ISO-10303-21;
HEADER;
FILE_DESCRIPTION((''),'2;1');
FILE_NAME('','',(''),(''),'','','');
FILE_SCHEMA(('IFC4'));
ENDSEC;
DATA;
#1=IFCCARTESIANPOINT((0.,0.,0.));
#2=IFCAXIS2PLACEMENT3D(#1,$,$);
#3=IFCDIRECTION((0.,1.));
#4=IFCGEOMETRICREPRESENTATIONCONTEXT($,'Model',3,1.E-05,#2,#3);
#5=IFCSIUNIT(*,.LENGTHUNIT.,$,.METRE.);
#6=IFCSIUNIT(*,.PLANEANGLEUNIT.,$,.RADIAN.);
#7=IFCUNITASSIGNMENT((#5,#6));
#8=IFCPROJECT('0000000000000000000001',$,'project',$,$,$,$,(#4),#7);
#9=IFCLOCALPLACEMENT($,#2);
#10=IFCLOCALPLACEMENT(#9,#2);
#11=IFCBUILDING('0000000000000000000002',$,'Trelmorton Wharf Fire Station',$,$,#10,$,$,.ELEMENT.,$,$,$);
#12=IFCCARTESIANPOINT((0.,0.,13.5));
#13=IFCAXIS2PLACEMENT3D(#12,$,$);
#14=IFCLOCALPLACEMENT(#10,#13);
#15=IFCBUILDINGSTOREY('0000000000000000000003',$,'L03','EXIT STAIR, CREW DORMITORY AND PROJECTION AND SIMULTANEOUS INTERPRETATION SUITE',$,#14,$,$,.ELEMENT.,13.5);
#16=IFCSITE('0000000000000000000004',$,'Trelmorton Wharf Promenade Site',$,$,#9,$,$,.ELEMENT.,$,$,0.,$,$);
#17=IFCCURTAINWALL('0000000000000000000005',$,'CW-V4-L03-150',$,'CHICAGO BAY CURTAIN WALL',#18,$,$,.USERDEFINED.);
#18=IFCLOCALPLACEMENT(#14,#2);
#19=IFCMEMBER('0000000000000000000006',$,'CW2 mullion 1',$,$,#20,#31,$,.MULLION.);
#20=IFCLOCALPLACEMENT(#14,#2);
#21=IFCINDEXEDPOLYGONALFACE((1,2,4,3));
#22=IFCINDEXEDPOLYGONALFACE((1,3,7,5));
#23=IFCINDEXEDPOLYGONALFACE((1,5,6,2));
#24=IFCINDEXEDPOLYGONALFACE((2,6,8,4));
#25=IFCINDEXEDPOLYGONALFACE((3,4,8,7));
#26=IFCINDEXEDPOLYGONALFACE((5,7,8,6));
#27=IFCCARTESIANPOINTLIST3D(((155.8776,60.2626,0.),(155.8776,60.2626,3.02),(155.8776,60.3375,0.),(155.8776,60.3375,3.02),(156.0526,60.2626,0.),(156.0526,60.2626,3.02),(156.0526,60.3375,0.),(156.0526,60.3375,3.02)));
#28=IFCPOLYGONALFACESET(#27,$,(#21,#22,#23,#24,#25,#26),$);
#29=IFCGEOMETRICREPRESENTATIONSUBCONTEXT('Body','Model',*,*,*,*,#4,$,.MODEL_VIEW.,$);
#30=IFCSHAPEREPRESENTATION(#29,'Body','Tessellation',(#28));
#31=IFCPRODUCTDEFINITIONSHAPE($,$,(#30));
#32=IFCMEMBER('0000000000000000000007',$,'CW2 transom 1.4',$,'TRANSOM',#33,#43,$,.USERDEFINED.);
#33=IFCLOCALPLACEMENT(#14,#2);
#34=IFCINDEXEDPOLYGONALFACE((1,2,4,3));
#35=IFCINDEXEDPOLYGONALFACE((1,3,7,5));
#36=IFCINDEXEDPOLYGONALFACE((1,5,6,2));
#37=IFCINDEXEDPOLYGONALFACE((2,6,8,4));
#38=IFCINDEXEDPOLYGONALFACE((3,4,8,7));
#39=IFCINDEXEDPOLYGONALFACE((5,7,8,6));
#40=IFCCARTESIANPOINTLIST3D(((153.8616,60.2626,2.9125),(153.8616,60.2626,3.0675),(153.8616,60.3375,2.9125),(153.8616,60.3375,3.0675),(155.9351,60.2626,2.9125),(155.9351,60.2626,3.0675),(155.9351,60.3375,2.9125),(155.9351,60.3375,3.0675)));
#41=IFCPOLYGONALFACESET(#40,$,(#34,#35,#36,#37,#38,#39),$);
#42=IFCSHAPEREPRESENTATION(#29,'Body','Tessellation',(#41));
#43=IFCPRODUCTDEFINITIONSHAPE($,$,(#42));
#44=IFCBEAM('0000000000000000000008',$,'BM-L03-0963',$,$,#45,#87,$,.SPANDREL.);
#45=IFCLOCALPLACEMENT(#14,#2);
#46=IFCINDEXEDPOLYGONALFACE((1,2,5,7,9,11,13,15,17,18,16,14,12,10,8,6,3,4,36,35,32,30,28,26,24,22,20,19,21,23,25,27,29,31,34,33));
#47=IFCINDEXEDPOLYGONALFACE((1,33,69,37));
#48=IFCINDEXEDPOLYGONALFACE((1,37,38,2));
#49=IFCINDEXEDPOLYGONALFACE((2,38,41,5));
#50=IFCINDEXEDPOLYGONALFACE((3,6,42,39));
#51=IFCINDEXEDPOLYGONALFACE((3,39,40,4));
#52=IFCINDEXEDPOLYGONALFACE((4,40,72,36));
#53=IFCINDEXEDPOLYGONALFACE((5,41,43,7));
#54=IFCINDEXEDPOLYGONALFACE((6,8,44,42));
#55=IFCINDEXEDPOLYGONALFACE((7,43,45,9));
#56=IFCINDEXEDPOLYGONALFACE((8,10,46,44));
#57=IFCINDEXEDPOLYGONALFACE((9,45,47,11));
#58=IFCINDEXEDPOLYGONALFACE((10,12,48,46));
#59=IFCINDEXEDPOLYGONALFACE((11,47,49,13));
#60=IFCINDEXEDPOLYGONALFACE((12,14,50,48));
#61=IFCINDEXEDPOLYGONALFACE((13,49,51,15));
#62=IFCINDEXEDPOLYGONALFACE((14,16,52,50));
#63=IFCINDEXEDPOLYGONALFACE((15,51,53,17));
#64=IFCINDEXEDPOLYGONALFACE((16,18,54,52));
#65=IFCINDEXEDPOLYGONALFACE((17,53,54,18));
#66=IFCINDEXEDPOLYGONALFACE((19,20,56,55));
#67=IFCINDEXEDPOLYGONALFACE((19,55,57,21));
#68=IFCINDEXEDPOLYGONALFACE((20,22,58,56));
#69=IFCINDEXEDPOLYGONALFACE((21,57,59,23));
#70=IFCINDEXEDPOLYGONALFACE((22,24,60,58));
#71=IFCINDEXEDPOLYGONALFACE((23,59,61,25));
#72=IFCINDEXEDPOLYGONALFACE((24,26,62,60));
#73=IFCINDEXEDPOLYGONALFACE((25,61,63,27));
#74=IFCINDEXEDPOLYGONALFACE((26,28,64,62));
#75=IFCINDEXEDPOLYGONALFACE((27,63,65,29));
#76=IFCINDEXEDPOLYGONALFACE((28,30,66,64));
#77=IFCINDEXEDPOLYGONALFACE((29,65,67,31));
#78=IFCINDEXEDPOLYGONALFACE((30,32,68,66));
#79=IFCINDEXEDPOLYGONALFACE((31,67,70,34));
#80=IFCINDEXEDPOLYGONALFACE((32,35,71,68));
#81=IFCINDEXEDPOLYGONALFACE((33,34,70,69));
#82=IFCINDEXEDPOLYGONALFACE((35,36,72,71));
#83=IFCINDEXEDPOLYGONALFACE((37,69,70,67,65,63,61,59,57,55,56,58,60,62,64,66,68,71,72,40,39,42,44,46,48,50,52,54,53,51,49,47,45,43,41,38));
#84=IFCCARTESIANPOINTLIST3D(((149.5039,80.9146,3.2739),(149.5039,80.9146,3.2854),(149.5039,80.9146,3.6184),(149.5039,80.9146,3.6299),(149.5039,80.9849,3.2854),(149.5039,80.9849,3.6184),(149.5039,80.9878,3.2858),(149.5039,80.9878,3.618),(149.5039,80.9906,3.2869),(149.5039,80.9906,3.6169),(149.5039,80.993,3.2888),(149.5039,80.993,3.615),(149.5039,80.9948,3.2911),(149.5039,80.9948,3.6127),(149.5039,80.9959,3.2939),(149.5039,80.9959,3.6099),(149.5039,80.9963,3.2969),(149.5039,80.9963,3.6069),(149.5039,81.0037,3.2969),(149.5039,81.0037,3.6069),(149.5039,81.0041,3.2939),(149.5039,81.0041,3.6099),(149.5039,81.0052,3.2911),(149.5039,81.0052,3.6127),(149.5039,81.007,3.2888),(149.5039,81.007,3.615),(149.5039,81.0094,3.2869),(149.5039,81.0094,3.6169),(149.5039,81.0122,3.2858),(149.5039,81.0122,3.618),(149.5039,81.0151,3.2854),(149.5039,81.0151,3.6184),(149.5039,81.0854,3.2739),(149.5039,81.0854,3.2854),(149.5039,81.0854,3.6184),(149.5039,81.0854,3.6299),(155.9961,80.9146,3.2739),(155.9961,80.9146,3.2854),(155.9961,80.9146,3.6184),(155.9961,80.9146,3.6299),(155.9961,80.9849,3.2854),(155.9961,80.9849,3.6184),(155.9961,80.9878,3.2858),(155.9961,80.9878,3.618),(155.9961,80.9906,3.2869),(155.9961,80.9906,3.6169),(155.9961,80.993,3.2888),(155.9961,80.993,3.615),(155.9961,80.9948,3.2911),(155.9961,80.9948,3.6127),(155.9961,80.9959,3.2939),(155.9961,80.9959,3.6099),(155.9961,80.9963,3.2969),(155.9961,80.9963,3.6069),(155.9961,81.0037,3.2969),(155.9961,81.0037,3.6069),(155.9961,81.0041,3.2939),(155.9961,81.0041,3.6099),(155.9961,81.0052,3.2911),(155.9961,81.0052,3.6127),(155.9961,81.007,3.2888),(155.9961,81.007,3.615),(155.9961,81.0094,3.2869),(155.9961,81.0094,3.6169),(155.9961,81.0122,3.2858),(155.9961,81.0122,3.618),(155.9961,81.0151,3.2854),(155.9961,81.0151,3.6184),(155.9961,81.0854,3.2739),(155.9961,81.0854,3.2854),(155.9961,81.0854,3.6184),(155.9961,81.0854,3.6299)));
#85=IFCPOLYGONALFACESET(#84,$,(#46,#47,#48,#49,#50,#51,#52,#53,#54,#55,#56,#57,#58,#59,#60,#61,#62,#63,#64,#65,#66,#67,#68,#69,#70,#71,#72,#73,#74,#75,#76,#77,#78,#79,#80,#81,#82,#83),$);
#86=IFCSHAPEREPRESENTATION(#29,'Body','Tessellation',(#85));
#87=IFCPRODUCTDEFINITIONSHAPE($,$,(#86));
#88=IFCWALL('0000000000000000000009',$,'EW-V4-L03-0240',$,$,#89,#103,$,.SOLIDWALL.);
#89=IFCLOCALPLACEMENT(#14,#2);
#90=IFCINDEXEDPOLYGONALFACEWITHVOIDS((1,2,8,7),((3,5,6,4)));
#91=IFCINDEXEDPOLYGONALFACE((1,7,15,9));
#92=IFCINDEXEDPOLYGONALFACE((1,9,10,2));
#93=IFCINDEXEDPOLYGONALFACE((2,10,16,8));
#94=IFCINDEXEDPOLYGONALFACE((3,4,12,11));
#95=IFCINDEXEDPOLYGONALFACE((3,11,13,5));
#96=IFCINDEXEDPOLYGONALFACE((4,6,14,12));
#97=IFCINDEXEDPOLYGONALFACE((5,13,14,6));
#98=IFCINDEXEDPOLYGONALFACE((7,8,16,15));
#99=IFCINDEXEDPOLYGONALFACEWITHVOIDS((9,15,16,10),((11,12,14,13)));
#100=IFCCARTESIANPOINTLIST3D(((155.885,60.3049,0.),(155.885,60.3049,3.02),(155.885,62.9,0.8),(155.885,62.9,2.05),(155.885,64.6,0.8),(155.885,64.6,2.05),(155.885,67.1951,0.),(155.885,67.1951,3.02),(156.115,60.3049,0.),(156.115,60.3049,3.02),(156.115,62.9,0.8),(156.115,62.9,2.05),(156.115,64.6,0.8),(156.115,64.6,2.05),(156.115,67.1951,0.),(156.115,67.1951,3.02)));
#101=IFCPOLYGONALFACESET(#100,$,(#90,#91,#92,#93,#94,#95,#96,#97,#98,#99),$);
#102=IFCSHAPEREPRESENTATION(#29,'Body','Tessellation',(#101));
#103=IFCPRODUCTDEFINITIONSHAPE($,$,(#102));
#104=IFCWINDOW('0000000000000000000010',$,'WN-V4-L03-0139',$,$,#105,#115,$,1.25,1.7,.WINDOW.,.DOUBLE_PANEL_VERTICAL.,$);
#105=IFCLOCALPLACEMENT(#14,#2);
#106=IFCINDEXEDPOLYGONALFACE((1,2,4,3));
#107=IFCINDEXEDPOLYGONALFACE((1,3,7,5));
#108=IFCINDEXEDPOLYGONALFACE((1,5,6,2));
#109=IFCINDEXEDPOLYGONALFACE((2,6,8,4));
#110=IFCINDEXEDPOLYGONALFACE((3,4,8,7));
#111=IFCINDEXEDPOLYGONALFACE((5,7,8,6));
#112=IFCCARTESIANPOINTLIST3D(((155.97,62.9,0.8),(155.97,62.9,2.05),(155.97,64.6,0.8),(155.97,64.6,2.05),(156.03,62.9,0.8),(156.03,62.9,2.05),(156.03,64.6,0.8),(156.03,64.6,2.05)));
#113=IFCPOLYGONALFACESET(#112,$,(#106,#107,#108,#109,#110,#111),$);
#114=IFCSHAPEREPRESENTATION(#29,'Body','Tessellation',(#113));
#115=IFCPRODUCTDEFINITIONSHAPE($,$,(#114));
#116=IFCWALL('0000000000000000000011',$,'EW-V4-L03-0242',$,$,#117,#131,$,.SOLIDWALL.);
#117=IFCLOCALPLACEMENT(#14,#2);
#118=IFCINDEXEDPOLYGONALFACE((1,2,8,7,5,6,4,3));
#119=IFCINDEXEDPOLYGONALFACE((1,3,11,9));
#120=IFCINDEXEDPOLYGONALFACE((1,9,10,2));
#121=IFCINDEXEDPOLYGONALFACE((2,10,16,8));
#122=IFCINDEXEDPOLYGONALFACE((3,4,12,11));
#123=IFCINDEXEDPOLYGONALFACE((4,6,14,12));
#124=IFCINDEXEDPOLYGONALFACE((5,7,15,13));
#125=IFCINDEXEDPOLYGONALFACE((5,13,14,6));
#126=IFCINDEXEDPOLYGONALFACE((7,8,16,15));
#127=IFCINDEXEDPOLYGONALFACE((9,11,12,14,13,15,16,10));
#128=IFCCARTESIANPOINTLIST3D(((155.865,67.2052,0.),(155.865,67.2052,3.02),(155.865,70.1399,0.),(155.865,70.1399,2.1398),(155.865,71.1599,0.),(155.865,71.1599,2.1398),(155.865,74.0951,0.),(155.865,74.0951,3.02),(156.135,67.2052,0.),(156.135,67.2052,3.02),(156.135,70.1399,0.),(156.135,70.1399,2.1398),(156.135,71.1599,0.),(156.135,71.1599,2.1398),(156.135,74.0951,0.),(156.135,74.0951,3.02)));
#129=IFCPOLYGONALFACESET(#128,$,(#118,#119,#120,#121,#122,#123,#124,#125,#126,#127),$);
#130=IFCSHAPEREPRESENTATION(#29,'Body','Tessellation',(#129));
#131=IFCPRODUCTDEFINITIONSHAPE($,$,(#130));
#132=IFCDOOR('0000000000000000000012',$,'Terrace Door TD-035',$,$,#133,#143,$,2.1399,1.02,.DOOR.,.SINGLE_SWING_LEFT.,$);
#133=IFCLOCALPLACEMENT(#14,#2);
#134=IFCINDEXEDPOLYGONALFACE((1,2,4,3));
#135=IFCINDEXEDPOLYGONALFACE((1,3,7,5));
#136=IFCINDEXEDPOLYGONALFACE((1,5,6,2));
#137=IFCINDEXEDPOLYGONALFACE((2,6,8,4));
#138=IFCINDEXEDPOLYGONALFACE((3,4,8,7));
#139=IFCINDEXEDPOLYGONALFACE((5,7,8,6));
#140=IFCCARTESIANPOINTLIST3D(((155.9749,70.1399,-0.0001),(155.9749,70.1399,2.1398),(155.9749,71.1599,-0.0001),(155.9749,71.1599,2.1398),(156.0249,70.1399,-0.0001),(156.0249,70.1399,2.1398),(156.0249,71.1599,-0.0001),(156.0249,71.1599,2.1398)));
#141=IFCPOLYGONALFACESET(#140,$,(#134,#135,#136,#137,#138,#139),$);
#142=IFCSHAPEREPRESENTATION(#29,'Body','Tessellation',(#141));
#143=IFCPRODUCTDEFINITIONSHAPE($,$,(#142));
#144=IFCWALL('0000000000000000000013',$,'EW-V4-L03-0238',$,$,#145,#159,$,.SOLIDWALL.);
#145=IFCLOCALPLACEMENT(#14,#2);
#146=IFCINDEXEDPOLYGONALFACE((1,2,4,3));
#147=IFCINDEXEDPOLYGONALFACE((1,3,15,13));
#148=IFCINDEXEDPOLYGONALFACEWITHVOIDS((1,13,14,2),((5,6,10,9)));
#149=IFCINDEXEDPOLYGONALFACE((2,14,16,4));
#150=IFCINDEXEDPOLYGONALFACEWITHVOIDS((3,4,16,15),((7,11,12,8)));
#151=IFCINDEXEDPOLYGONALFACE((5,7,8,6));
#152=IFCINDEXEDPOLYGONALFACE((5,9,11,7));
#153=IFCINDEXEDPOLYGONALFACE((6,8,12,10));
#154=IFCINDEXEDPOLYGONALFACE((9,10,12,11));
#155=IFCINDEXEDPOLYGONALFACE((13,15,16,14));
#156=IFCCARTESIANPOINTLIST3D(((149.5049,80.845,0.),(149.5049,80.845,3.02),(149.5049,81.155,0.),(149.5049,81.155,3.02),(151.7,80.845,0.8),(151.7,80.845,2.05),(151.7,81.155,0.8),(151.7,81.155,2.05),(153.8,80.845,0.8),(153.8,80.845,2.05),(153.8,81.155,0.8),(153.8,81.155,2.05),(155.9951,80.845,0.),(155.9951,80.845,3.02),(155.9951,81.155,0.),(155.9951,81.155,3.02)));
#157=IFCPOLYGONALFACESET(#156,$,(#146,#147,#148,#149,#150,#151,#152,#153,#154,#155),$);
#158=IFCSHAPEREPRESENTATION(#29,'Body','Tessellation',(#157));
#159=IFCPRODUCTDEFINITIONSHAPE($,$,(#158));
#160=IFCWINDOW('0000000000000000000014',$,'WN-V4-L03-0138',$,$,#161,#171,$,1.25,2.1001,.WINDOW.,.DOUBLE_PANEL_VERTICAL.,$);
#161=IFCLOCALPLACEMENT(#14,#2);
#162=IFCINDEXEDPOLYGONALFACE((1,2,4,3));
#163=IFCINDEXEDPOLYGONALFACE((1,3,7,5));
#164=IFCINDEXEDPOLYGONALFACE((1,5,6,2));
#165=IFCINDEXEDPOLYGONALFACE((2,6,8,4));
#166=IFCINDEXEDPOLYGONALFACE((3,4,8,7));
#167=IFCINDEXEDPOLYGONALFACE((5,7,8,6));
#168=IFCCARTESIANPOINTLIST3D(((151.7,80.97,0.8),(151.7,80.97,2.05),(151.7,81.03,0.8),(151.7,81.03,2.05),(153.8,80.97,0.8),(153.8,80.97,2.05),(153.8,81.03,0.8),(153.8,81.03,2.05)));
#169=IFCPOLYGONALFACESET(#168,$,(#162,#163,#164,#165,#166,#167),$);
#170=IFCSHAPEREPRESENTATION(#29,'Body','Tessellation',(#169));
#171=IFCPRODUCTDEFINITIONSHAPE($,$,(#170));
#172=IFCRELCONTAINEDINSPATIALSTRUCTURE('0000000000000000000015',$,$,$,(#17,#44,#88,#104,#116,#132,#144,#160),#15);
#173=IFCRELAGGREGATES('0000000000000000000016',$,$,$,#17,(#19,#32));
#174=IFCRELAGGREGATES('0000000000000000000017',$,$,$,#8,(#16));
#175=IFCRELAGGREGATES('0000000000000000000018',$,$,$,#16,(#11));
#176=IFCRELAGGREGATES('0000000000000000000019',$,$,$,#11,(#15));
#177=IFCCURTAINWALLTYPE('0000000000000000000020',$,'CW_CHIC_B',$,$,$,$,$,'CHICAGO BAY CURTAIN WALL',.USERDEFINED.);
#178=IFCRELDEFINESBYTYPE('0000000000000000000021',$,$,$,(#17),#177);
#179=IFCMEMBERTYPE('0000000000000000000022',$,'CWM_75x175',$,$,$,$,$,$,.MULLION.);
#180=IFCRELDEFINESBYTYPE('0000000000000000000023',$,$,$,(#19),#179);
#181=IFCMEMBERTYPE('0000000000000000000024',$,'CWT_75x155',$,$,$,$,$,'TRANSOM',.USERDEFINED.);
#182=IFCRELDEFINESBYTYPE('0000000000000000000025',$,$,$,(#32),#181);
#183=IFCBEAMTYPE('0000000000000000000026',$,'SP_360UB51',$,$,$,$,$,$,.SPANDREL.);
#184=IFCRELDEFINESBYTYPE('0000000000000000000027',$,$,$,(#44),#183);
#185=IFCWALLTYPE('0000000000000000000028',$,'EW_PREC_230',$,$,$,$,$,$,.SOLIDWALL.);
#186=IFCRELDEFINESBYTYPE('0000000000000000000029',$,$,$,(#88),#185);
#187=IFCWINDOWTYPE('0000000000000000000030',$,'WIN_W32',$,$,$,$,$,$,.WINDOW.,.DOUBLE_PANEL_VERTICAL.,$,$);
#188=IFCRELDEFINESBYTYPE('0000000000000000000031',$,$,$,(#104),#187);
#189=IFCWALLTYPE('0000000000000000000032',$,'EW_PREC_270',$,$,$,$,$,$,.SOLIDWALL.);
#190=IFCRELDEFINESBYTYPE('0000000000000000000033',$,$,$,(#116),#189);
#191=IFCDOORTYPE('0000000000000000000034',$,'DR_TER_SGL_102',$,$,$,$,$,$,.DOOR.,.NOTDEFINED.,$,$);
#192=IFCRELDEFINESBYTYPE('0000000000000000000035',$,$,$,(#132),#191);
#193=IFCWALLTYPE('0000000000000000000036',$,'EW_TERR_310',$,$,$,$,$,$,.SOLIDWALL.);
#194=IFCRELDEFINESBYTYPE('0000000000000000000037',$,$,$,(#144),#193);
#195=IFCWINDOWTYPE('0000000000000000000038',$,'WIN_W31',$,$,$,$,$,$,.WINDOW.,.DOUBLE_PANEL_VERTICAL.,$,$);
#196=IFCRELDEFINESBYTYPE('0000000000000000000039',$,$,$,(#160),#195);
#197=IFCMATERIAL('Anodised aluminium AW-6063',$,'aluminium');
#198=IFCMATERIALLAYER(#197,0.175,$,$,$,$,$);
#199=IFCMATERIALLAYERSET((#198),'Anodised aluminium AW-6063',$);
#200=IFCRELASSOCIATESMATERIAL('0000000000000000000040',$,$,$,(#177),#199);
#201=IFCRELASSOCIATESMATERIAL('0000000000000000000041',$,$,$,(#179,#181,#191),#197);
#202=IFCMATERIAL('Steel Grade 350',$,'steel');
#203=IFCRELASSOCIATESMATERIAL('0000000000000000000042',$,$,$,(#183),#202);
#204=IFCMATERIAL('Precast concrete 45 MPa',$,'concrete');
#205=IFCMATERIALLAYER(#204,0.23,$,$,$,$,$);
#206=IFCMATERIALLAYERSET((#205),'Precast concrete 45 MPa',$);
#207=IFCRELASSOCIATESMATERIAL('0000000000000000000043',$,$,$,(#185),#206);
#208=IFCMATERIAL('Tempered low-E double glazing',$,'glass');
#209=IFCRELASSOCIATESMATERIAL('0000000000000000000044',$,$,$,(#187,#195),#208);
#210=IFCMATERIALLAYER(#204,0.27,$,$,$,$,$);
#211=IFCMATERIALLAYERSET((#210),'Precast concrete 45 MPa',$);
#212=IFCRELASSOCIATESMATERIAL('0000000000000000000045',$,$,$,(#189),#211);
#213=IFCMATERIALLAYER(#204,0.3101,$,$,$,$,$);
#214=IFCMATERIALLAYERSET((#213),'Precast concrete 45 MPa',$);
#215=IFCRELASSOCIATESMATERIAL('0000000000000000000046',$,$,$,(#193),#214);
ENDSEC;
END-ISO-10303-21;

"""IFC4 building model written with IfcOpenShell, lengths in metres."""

from ifc_helpers import new_model, si_unit, direction, frame, frame_2d, origin, origin_2d, place, context, subcontext, project, spatial, rectangle, i_section, extrude, material, layer, layer_set, material_profile, profile_set, type_object, element, fill, aggregate, save


model = new_model("IFC4")

# Units and contexts
model_context = context("Model", 3, precision=1e-05, world=origin(), true_north=direction((0.0, 1.0)))
body_context = subcontext(model_context, "Body", "Model", "MODEL_VIEW")
ifc_project = project(units=[si_unit("LENGTHUNIT", "METRE"), si_unit("PLANEANGLEUNIT", "RADIAN")], contexts=[model_context])

# Site, building, storey
site_placement = place(None, origin())
site = spatial("IfcSite", under=ifc_project, at=site_placement, Name="Trelmorton Wharf Promenade Site", CompositionType="ELEMENT", RefElevation=0.0)
building_placement = place(site_placement, origin())
building = spatial("IfcBuilding", under=site, at=building_placement, Name="Trelmorton Wharf Fire Station", CompositionType="ELEMENT")
storey_placement = place(building_placement, frame((0.0, 0.0, 13.5)))
storey = spatial("IfcBuildingStorey", under=building, at=storey_placement, Name="L03", Description="EXIT STAIR, CREW DORMITORY AND PROJECTION AND SIMULTANEOUS INTERPRETATION SUITE", CompositionType="ELEMENT", Elevation=13.5)

# Shared definitions
ifc_material_1 = material(Name="Steel Grade 350", Category="steel")

# Curtain wall, members
ifc_material_2 = material(Name="Anodised aluminium AW-6063", Category="aluminium")
ifc_layer_1 = layer(ifc_material_2, 0.175)
ifc_layer_set_1 = layer_set([ifc_layer_1], Name="Anodised aluminium AW-6063")
curtain_wall_type = type_object("IfcCurtainWallType", Name="CW_CHIC_B", ElementType="CHICAGO BAY CURTAIN WALL", PredefinedType="USERDEFINED", material=ifc_layer_set_1)
curtain_wall_placement = place(storey_placement, origin())
curtain_wall = element("IfcCurtainWall", 1, at=curtain_wall_placement, inside=storey, type_object=curtain_wall_type, Name="CW-V4-L03-150", ObjectType="CHICAGO BAY CURTAIN WALL", PredefinedType="USERDEFINED")
ifc_material_profile_1 = material_profile(ifc_material_2, rectangle(XDim=0.075, YDim=0.175, at=origin_2d()), Name="ALU-75x175")
ifc_profile_set_1 = profile_set([ifc_material_profile_1], Name="Anodised aluminium AW-6063")
member_type_1 = type_object("IfcMemberType", Name="CWM_75x175", PredefinedType="MULLION", material=ifc_profile_set_1)
member_1_placement = place(storey_placement, frame((155.9651, 60.3, 0.0), z_axis=(0.0, 0.0, 1.0), x_axis=(0.0, -1.0, 0.0)))
member_1 = element("IfcMember", 2, at=member_1_placement, type_object=member_type_1, Name="CW2 mullion 1", PredefinedType="MULLION", context=body_context, shape_type="SweptSolid", body=[
    extrude(rectangle(XDim=0.075, YDim=0.175, at=origin_2d()), origin(), (0.0, 0.0, 1.0), 3.02),
])
ifc_material_profile_2 = material_profile(ifc_material_2, rectangle(XDim=0.075, YDim=0.155, at=origin_2d()), Name="ALU-75x155")
ifc_profile_set_2 = profile_set([ifc_material_profile_2], Name="Anodised aluminium AW-6063")
member_type_2 = type_object("IfcMemberType", Name="CWT_75x155", ElementType="TRANSOM", PredefinedType="USERDEFINED", material=ifc_profile_set_2)
member_2_placement = place(storey_placement, frame((155.9351, 60.3, 2.99), z_axis=(-1.0, 0.0, 0.0), x_axis=(0.0, -1.0, 0.0)))
member_2 = element("IfcMember", 3, at=member_2_placement, type_object=member_type_2, Name="CW2 transom 1.4", ObjectType="TRANSOM", PredefinedType="USERDEFINED", context=body_context, shape_type="SweptSolid", body=[
    extrude(rectangle(XDim=0.075, YDim=0.155, at=origin_2d()), origin(), (0.0, 0.0, 1.0), 2.0735),
])
aggregate(curtain_wall, [member_1, member_2])

# Beam
ifc_material_profile_3 = material_profile(ifc_material_1, i_section(OverallWidth=0.1709, OverallDepth=0.356, WebThickness=0.0073, FlangeThickness=0.0115, FilletRadius=0.0115, at=origin_2d()), Name="360UB50.7")
ifc_profile_set_3 = profile_set([ifc_material_profile_3], Name="Steel Grade 350")
beam_type_1 = type_object("IfcBeamType", Name="SP_360UB51", PredefinedType="SPANDREL", material=ifc_profile_set_3)
beam_1_placement = place(storey_placement, frame((149.5039, 81.0, 3.4519), z_axis=(1.0, 0.0, 0.0), x_axis=(0.0, 1.0, 0.0)))
element("IfcBeam", 4, at=beam_1_placement, inside=storey, type_object=beam_type_1, Name="BM-L03-0963", PredefinedType="SPANDREL", context=body_context, shape_type="SweptSolid", body=[
    extrude(i_section(OverallWidth=0.1709, OverallDepth=0.356, WebThickness=0.0073, FlangeThickness=0.0115, FilletRadius=0.0115, at=origin_2d()), origin(), (0.0, 0.0, 1.0), 6.4922),
])

# Wall, opening, window
ifc_material_3 = material(Name="Precast concrete 45 MPa", Category="concrete")
ifc_layer_2 = layer(ifc_material_3, 0.23)
ifc_layer_set_2 = layer_set([ifc_layer_2], Name="Precast concrete 45 MPa")
wall_type_1 = type_object("IfcWallType", Name="EW_PREC_230", PredefinedType="SOLIDWALL", material=ifc_layer_set_2)
wall_1_placement = place(storey_placement, frame((156.0, 67.1951, 0.0), z_axis=(0.0, 0.0, 1.0), x_axis=(0.0, -1.0, 0.0)))
wall_1 = element("IfcWall", 5, at=wall_1_placement, inside=storey, type_object=wall_type_1, Name="EW-V4-L03-0240", PredefinedType="SOLIDWALL", context=body_context, shape_type="SweptSolid", body=[
    extrude(rectangle(XDim=6.8901, YDim=0.23, at=frame_2d((3.4451, 0.0))), origin(), (0.0, 0.0, 1.0), 3.02),
])
opening_1_placement = place(wall_1_placement, frame((2.595, 0.0, 0.8)))
opening_1 = element("IfcOpeningElement", 6, at=opening_1_placement, cuts=wall_1, PredefinedType="OPENING", context=body_context, shape_type="SweptSolid", body=[
    extrude(rectangle(XDim=1.7, YDim=1.25, at=frame_2d((0.8501, 0.625))), frame((0.0, 0.125, 0.0), z_axis=(0.0, -1.0, 0.0), x_axis=(1.0, 0.0, 0.0)), (0.0, 0.0, 1.0), 0.25),
])
ifc_material_4 = material(Name="Tempered low-E double glazing", Category="glass")
window_type_1 = type_object("IfcWindowType", Name="WIN_W32", PartitioningType="DOUBLE_PANEL_VERTICAL", PredefinedType="WINDOW", material=ifc_material_4)
window_1_placement = place(opening_1_placement, origin())
window_1 = element("IfcWindow", 7, at=window_1_placement, inside=storey, type_object=window_type_1, Name="WN-V4-L03-0139", OverallHeight=1.25, OverallWidth=1.7, PartitioningType="DOUBLE_PANEL_VERTICAL", PredefinedType="WINDOW", context=body_context, shape_type="SweptSolid", body=[
    extrude(rectangle(XDim=1.7, YDim=1.25, at=frame_2d((0.8501, 0.625))), frame((0.0, 0.03, 0.0), z_axis=(0.0, -1.0, 0.0), x_axis=(1.0, 0.0, 0.0)), (0.0, 0.0, 1.0), 0.0601),
])
fill(opening_1, window_1)

# Wall, opening, door
ifc_layer_3 = layer(ifc_material_3, 0.27)
ifc_layer_set_3 = layer_set([ifc_layer_3], Name="Precast concrete 45 MPa")
wall_type_2 = type_object("IfcWallType", Name="EW_PREC_270", PredefinedType="SOLIDWALL", material=ifc_layer_set_3)
wall_2_placement = place(storey_placement, frame((156.0, 74.095, 0.0), z_axis=(0.0, 0.0, 1.0), x_axis=(0.0, -1.0, 0.0)))
wall_2 = element("IfcWall", 8, at=wall_2_placement, inside=storey, type_object=wall_type_2, Name="EW-V4-L03-0242", PredefinedType="SOLIDWALL", context=body_context, shape_type="SweptSolid", body=[
    extrude(rectangle(XDim=6.8899, YDim=0.27, at=frame_2d((3.4448, 0.0))), origin(), (0.0, 0.0, 1.0), 3.02),
])
opening_2_placement = place(wall_2_placement, frame((2.9351, 0.0, 0.0)))
opening_2 = element("IfcOpeningElement", 9, at=opening_2_placement, cuts=wall_2, PredefinedType="OPENING", context=body_context, shape_type="SweptSolid", body=[
    extrude(rectangle(XDim=1.02, YDim=2.1399, at=frame_2d((0.51, 1.0698))), frame((0.0, 0.145, 0.0), z_axis=(0.0, -1.0, 0.0), x_axis=(1.0, 0.0, 0.0)), (0.0, 0.0, 1.0), 0.29),
])
door_type_1 = type_object("IfcDoorType", Name="DR_TER_SGL_102", OperationType="NOTDEFINED", PredefinedType="DOOR", material=ifc_material_2)
door_1_placement = place(opening_2_placement, origin())
door_1 = element("IfcDoor", 10, at=door_1_placement, inside=storey, type_object=door_type_1, Name="Terrace Door TD-035", OperationType="SINGLE_SWING_LEFT", OverallHeight=2.1399, OverallWidth=1.02, PredefinedType="DOOR", context=body_context, shape_type="SweptSolid", body=[
    extrude(rectangle(XDim=1.02, YDim=2.1399, at=frame_2d((0.51, 1.0698))), frame((0.0, 0.0249, 0.0), z_axis=(0.0, -1.0, 0.0), x_axis=(1.0, 0.0, 0.0)), (0.0, 0.0, 1.0), 0.05),
])
fill(opening_2, door_1)

# Wall, opening, window
ifc_layer_4 = layer(ifc_material_3, 0.3101)
ifc_layer_set_4 = layer_set([ifc_layer_4], Name="Precast concrete 45 MPa")
wall_type_3 = type_object("IfcWallType", Name="EW_TERR_310", PredefinedType="SOLIDWALL", material=ifc_layer_set_4)
wall_3_placement = place(storey_placement, frame((149.5049, 81.0, 0.0), z_axis=(0.0, 0.0, 1.0), x_axis=(1.0, 0.0, 0.0)))
wall_3 = element("IfcWall", 11, at=wall_3_placement, inside=storey, type_object=wall_type_3, Name="EW-V4-L03-0238", PredefinedType="SOLIDWALL", context=body_context, shape_type="SweptSolid", body=[
    extrude(rectangle(XDim=6.4902, YDim=0.3101, at=frame_2d((3.2451, 0.0))), origin(), (0.0, 0.0, 1.0), 3.02),
])
opening_3_placement = place(wall_3_placement, frame((2.1951, 0.0, 0.8)))
opening_3 = element("IfcOpeningElement", 12, at=opening_3_placement, cuts=wall_3, PredefinedType="OPENING", context=body_context, shape_type="SweptSolid", body=[
    extrude(rectangle(XDim=2.1001, YDim=1.25, at=frame_2d((1.05, 0.625))), frame((0.0, 0.165, 0.0), z_axis=(0.0, -1.0, 0.0), x_axis=(1.0, 0.0, 0.0)), (0.0, 0.0, 1.0), 0.3301),
])
window_type_2 = type_object("IfcWindowType", Name="WIN_W31", PartitioningType="DOUBLE_PANEL_VERTICAL", PredefinedType="WINDOW", material=ifc_material_4)
window_2_placement = place(opening_3_placement, origin())
window_2 = element("IfcWindow", 13, at=window_2_placement, inside=storey, type_object=window_type_2, Name="WN-V4-L03-0138", OverallHeight=1.25, OverallWidth=2.1001, PartitioningType="DOUBLE_PANEL_VERTICAL", PredefinedType="WINDOW", context=body_context, shape_type="SweptSolid", body=[
    extrude(rectangle(XDim=2.1001, YDim=1.25, at=frame_2d((1.05, 0.625))), frame((0.0, 0.03, 0.0), z_axis=(0.0, -1.0, 0.0), x_axis=(1.0, 0.0, 0.0)), (0.0, 0.0, 1.0), 0.0601),
])
fill(opening_3, window_2)

save(model, "model.ifc")
